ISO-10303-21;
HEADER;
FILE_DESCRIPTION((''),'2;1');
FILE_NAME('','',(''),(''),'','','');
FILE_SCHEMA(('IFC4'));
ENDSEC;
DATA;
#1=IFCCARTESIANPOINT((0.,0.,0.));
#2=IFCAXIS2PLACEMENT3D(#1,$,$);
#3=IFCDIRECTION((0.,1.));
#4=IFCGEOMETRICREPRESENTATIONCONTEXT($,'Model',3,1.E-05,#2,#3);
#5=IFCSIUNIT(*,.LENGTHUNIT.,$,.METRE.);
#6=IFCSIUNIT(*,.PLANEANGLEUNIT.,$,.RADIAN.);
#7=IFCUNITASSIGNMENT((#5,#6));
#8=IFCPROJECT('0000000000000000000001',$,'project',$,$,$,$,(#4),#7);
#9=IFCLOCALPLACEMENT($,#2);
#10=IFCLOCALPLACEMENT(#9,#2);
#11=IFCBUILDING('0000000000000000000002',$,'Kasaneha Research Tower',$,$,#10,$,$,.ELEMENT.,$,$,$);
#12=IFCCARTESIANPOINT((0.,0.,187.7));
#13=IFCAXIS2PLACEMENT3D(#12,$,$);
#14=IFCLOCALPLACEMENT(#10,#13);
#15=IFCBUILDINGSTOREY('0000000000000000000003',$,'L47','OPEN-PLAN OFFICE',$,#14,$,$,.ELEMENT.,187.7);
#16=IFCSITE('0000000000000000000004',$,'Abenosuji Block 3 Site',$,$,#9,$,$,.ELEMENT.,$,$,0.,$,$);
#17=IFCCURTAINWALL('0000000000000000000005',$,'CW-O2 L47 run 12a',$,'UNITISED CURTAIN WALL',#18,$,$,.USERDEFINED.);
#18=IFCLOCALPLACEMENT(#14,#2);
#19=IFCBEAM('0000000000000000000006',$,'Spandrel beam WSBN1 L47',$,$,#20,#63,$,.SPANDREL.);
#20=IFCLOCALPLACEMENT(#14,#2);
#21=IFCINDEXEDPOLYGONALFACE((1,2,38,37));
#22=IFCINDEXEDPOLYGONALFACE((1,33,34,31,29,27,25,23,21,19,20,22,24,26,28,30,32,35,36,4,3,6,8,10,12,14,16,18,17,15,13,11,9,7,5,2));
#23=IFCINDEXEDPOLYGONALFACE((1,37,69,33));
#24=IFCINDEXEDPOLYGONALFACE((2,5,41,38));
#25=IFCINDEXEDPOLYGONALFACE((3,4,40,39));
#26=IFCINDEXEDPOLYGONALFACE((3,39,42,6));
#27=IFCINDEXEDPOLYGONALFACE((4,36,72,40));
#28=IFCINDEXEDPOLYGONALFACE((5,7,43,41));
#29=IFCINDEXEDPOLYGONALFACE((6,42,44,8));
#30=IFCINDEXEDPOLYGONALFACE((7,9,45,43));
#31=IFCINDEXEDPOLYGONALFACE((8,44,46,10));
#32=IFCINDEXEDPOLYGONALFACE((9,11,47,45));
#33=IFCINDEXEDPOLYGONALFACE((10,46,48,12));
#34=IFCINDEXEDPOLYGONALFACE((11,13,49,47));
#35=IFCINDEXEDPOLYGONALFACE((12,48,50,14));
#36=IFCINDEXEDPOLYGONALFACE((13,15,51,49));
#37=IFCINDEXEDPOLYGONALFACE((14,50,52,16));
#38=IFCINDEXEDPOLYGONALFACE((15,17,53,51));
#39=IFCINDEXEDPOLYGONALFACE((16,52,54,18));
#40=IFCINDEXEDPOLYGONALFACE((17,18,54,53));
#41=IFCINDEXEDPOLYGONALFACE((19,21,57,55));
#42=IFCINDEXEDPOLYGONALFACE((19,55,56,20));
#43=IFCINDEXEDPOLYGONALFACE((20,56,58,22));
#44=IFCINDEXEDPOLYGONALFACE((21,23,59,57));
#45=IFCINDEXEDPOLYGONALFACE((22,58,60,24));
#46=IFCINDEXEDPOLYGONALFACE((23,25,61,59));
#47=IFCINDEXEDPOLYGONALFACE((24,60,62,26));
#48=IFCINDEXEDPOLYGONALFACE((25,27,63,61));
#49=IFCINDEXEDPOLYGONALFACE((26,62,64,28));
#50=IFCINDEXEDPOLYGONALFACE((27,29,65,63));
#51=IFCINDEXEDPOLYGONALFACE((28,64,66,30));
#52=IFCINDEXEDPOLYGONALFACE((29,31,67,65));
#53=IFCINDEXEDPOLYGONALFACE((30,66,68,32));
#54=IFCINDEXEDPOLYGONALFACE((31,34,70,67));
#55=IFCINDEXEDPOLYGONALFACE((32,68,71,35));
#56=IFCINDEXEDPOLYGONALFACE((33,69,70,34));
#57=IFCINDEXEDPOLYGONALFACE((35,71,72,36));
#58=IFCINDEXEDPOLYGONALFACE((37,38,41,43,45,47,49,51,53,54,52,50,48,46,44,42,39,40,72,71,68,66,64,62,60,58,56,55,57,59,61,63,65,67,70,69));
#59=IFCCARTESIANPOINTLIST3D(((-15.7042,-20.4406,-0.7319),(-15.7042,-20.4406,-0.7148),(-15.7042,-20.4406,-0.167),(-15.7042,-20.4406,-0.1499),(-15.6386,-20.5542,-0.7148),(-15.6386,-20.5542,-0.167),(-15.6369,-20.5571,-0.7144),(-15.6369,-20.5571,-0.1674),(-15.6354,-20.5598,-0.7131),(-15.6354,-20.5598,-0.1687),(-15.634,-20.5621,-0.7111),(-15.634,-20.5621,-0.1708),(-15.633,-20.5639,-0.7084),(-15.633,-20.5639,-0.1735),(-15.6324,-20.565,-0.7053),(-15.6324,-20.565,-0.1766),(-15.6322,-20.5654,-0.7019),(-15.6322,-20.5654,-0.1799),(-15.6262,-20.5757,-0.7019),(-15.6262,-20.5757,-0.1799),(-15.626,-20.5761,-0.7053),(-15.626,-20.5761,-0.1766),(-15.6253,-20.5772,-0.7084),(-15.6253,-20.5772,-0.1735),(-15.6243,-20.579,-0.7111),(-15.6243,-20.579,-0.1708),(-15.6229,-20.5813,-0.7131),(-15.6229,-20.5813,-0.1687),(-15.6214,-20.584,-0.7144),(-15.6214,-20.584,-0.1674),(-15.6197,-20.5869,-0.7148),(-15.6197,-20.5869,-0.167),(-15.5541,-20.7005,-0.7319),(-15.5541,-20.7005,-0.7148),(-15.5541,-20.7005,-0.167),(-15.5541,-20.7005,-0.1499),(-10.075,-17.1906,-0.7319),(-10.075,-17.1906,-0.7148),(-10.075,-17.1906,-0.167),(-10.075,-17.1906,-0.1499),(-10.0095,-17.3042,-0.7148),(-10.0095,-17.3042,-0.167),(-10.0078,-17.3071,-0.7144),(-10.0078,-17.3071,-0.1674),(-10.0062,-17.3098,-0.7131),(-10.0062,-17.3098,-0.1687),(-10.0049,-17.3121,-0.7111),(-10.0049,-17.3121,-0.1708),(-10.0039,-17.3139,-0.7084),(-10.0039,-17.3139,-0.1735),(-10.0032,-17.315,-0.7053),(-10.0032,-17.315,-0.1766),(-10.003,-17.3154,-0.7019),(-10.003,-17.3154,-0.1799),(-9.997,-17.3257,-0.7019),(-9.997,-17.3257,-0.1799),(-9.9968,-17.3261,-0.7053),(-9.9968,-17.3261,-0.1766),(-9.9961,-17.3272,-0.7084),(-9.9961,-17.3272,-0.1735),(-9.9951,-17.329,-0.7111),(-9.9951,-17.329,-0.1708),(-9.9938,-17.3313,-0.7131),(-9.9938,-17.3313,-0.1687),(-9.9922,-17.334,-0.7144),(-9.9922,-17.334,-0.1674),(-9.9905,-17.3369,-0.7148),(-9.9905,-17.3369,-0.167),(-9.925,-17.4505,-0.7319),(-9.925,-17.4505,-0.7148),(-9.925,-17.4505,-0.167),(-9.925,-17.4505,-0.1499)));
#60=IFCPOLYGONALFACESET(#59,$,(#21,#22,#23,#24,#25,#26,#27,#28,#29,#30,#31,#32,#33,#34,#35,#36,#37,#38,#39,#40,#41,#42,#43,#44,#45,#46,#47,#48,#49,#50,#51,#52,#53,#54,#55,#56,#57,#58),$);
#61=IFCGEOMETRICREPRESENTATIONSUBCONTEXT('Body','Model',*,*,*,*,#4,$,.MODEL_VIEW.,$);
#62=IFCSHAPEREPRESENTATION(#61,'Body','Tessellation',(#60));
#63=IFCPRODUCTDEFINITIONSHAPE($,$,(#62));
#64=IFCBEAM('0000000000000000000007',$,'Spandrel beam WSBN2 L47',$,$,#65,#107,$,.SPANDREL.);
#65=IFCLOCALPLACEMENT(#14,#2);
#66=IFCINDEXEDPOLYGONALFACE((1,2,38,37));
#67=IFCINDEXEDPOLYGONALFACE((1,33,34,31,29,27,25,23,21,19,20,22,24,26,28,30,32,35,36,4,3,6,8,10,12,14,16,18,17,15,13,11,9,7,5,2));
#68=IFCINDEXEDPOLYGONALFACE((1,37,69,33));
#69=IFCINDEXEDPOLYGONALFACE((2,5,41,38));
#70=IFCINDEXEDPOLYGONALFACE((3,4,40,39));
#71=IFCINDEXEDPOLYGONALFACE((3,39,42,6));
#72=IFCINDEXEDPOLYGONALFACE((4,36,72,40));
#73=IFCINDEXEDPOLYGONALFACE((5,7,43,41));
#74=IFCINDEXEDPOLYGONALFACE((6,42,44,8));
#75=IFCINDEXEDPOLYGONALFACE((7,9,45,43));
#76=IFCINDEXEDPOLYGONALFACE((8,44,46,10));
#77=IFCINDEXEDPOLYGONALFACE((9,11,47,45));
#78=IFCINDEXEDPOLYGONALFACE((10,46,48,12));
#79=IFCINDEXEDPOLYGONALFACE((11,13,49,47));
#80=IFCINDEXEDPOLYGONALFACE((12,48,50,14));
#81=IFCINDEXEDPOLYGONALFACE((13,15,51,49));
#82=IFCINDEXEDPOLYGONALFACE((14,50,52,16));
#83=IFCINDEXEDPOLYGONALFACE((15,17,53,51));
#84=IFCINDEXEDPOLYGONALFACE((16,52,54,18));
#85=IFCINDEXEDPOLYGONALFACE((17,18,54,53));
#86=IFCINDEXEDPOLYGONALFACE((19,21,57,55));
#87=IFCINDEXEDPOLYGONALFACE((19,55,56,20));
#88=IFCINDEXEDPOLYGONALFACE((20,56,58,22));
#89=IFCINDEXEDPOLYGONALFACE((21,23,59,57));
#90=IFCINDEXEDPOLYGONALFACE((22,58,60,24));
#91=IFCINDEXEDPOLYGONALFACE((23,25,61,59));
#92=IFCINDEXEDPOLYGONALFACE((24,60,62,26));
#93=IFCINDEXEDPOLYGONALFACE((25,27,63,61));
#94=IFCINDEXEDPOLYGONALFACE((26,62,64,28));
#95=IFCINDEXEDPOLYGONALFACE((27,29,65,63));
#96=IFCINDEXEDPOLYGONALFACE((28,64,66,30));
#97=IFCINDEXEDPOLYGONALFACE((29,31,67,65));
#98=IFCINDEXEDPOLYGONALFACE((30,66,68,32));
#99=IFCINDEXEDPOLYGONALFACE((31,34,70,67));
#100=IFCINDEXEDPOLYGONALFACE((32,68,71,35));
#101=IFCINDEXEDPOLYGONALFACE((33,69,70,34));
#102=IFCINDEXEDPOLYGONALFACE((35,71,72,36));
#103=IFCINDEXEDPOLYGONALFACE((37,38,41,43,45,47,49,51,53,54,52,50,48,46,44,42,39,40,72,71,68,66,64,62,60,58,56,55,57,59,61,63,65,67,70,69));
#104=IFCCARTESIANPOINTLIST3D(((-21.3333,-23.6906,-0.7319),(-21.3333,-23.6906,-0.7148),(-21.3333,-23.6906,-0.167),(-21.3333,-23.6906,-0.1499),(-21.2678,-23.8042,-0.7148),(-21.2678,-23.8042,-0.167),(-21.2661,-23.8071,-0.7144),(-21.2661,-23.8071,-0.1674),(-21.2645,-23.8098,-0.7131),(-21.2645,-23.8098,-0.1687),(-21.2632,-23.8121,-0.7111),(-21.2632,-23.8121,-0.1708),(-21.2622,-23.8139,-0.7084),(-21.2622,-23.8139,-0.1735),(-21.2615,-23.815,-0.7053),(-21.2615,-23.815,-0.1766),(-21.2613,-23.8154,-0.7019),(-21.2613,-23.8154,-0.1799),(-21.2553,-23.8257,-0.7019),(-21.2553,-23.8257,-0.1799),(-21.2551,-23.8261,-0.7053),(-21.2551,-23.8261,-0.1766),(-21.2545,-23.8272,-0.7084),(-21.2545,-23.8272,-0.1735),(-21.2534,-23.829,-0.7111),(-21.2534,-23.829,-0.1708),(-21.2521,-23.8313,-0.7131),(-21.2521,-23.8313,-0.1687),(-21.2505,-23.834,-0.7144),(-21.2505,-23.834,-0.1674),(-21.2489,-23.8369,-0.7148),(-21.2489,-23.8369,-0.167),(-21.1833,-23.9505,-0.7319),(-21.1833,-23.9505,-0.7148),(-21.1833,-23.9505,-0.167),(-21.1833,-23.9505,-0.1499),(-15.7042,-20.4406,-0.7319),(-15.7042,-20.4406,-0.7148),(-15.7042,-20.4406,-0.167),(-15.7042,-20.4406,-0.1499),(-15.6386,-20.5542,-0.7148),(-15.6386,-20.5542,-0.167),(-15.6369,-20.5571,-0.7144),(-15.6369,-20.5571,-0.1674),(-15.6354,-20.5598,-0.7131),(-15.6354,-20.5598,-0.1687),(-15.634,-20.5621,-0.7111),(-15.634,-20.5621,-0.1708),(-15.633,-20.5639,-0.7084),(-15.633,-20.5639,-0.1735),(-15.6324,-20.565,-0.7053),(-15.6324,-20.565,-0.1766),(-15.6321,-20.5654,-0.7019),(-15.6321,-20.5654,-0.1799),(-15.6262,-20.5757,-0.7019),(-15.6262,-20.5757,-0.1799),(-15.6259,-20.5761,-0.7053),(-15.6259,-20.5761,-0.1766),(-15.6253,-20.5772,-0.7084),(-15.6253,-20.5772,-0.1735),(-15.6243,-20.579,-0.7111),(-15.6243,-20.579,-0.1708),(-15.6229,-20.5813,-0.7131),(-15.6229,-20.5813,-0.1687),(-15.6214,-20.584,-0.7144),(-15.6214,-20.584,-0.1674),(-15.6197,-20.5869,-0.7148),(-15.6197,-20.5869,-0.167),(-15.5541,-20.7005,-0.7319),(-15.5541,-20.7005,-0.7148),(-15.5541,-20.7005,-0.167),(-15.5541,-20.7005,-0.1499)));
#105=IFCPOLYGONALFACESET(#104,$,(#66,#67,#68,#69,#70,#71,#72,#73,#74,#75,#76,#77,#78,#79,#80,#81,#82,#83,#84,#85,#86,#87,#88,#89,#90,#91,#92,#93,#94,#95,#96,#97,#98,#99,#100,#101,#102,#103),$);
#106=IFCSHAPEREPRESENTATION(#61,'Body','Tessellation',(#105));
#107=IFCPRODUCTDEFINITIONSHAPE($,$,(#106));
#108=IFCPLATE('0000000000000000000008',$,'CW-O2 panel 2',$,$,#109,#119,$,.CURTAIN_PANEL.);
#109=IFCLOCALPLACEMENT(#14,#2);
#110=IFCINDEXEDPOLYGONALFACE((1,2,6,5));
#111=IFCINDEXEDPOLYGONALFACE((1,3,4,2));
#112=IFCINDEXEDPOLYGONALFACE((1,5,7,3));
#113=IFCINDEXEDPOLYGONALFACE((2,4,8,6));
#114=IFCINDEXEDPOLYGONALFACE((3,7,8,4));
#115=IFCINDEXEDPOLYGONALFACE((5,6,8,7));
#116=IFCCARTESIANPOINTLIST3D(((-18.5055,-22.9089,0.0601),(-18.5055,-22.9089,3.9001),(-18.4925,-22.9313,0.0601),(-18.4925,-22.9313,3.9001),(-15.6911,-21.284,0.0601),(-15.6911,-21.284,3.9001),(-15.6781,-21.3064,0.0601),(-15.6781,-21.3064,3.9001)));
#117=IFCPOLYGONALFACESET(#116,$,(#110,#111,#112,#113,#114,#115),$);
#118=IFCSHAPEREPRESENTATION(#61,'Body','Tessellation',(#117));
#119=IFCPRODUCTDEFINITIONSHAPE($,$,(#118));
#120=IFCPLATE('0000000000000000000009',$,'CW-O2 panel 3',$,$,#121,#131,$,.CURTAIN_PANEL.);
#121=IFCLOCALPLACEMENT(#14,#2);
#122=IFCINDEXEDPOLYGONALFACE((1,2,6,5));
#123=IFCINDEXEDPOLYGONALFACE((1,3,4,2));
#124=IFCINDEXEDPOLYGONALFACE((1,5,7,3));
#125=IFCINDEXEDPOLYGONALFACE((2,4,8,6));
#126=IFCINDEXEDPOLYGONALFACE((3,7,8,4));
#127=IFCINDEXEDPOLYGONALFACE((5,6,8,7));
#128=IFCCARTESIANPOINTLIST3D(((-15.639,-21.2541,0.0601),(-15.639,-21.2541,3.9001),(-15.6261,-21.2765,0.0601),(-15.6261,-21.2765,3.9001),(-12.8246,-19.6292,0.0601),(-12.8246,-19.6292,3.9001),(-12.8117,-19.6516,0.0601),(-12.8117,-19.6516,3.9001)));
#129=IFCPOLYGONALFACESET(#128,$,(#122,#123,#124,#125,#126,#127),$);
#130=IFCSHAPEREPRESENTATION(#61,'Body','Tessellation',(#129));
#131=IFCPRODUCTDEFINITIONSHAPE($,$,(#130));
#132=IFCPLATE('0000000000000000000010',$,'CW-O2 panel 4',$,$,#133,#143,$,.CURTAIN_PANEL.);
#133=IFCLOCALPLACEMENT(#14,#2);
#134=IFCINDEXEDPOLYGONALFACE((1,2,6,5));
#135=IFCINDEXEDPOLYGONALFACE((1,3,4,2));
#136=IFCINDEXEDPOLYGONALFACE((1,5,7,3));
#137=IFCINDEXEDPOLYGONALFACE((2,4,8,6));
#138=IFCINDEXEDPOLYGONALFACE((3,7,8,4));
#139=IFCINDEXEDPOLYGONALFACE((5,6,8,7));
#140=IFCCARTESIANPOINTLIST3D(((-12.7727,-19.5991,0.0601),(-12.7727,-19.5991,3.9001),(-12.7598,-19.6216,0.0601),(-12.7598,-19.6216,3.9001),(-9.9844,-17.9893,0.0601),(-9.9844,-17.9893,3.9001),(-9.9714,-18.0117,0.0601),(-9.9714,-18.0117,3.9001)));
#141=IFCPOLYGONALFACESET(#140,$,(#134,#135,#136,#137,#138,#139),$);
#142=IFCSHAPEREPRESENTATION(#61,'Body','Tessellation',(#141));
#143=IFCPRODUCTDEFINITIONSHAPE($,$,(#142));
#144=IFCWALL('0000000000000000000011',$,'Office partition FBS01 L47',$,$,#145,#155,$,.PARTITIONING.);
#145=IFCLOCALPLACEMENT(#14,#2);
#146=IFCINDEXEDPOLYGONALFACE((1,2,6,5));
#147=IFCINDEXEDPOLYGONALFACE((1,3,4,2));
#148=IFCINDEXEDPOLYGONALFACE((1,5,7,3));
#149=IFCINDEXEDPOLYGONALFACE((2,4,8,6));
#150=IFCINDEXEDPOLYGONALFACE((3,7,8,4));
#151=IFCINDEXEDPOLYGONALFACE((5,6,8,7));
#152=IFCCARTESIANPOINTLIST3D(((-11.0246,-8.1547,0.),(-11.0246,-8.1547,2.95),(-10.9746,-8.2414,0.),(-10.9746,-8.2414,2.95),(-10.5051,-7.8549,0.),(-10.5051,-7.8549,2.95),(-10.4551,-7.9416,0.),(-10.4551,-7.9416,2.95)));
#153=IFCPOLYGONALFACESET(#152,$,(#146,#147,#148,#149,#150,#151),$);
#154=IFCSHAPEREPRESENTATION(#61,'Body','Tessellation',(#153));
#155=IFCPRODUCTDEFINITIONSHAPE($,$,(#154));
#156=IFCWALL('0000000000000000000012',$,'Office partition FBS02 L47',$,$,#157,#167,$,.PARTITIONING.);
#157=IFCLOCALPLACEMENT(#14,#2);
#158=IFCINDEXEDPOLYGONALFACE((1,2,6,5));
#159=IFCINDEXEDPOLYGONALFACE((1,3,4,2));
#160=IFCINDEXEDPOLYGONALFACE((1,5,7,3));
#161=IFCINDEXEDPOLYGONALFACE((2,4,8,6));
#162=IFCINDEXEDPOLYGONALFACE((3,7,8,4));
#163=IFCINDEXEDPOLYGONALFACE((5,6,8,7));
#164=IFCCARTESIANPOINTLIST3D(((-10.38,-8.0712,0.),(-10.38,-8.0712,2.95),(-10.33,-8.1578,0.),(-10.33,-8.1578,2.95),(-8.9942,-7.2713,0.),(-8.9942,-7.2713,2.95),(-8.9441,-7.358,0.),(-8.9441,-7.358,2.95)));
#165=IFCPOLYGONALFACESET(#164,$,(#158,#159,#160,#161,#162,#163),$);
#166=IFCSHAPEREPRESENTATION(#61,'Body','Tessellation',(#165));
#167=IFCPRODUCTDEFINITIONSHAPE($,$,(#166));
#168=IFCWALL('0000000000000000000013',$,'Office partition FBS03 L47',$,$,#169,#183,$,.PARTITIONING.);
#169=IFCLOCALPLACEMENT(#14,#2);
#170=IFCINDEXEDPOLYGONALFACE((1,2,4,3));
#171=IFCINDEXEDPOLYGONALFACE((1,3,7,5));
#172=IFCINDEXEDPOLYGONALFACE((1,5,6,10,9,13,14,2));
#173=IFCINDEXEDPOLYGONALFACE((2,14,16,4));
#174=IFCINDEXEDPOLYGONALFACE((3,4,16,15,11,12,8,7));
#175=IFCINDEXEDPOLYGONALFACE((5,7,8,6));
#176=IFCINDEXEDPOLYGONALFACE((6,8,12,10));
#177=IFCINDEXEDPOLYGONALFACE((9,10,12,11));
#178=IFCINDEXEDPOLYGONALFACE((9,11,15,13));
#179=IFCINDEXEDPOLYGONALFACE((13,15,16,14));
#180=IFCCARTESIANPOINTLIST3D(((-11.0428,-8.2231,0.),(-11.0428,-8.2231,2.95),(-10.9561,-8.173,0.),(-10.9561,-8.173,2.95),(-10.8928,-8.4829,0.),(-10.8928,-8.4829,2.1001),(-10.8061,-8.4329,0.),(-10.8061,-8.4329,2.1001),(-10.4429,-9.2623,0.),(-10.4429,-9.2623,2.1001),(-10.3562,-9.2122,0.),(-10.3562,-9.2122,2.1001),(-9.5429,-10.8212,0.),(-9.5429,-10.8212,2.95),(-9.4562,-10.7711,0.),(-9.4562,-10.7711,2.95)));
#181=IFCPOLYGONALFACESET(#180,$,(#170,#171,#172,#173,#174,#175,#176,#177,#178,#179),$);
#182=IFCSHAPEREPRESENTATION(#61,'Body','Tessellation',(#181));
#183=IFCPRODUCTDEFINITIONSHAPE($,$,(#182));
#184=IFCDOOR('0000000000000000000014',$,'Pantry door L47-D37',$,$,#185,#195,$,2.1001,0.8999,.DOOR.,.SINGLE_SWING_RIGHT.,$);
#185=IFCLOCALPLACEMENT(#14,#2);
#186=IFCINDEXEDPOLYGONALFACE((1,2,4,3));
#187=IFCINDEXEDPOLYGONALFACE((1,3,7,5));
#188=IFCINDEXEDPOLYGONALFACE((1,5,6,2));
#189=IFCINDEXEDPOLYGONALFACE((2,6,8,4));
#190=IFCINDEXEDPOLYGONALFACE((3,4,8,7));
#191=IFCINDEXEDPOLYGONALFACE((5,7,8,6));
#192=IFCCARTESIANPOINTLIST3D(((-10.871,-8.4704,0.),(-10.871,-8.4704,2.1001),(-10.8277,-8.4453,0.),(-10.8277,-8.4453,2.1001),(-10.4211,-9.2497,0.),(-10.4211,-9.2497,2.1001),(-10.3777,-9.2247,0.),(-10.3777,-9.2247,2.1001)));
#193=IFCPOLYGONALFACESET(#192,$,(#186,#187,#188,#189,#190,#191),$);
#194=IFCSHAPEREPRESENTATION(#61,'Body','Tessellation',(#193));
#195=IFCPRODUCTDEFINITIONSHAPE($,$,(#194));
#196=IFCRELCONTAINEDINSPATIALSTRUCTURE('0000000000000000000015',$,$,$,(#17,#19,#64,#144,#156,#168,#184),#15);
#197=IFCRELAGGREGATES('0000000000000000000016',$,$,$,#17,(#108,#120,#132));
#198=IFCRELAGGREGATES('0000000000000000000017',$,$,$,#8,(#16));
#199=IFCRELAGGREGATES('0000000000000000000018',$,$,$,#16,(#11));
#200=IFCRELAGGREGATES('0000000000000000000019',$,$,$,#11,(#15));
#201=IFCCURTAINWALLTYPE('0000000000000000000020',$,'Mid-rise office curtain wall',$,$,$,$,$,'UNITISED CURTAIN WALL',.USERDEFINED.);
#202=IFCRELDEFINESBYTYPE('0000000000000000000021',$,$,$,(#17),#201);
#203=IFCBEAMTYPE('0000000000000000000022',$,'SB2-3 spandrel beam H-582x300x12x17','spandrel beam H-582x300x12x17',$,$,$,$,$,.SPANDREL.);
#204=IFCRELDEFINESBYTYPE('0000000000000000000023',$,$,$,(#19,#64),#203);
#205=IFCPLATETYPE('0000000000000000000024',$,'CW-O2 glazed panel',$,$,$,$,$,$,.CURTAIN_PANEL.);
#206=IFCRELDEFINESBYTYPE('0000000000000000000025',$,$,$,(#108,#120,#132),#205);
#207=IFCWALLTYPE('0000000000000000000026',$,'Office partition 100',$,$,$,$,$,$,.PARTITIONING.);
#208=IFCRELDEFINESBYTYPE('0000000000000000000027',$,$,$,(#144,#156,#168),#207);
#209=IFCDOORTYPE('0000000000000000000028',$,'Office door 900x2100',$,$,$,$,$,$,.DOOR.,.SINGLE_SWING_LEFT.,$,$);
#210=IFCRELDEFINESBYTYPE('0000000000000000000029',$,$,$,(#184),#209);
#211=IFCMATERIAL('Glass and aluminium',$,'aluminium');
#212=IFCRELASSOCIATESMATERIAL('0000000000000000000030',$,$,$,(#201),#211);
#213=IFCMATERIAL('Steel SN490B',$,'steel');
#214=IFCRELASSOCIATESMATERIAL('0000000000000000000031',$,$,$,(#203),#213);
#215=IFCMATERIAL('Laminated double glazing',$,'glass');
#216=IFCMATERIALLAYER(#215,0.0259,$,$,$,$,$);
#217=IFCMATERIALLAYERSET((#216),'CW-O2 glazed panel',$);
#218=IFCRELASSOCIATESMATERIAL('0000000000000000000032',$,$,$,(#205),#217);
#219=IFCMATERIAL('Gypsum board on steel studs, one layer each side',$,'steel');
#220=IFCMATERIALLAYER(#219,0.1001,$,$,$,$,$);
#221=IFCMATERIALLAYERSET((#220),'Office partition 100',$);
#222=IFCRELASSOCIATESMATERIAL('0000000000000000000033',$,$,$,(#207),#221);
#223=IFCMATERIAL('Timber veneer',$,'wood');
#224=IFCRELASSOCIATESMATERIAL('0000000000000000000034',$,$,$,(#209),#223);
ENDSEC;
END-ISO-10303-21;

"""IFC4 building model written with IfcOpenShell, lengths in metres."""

from ifc_helpers import new_model, si_unit, direction, frame, frame_2d, origin, origin_2d, place, context, subcontext, project, spatial, rectangle, i_section, extrude, material, layer, layer_set, material_profile, profile_set, type_object, element, fill, aggregate, save


model = new_model("IFC4")

# Units and contexts
model_context = context("Model", 3, precision=1e-05, world=origin(), true_north=direction((0.0, 1.0)))
body_context = subcontext(model_context, "Body", "Model", "MODEL_VIEW")
ifc_project = project(units=[si_unit("LENGTHUNIT", "METRE"), si_unit("PLANEANGLEUNIT", "RADIAN")], contexts=[model_context])

# Site, building, storey
site_placement = place(None, origin())
site = spatial("IfcSite", under=ifc_project, at=site_placement, Name="Abenosuji Block 3 Site", CompositionType="ELEMENT", RefElevation=0.0)
building_placement = place(site_placement, origin())
building = spatial("IfcBuilding", under=site, at=building_placement, Name="Kasaneha Research Tower", CompositionType="ELEMENT")
storey_placement = place(building_placement, frame((0.0, 0.0, 187.7)))
storey = spatial("IfcBuildingStorey", under=building, at=storey_placement, Name="L47", Description="OPEN-PLAN OFFICE", CompositionType="ELEMENT", Elevation=187.7)

# Shared definitions
ifc_material_1 = material(Name="Glass and aluminium", Category="aluminium")
curtain_wall_type = type_object("IfcCurtainWallType", Name="Mid-rise office curtain wall", ElementType="UNITISED CURTAIN WALL", PredefinedType="USERDEFINED", material=ifc_material_1)

# Curtain wall
curtain_wall_1_placement = place(storey_placement, origin())
curtain_wall_1 = element("IfcCurtainWall", 1, at=curtain_wall_1_placement, inside=storey, type_object=curtain_wall_type, Name="CW-O2 L47 run 12a", ObjectType="UNITISED CURTAIN WALL", PredefinedType="USERDEFINED")

# Beams
ifc_material_2 = material(Name="Steel SN490B", Category="steel")
ifc_material_profile_1 = material_profile(ifc_material_2, i_section(OverallWidth=0.3, OverallDepth=0.582, WebThickness=0.012, FlangeThickness=0.0171, FilletRadius=0.0129, at=origin_2d()), Name="H-582x300x12x17")
ifc_profile_set_1 = profile_set([ifc_material_profile_1], Name="Steel SN490B")
beam_type_1 = type_object("IfcBeamType", Name="SB2-3 spandrel beam H-582x300x12x17", Description="spandrel beam H-582x300x12x17", PredefinedType="SPANDREL", material=ifc_profile_set_1)
for number, where, z_axis, x_axis, name in (
    (2, (-10.0, -17.3206, -0.4409), (-0.866025, -0.500001, 0.0), (0.500001, -0.866025, 0.0), "Spandrel beam WSBN1 L47"),
    (3, (-15.6292, -20.5706, -0.4409), (-0.866025, -0.500001, 0.0), (0.500001, -0.866025, 0.0), "Spandrel beam WSBN2 L47"),
):
    element("IfcBeam", number, at=place(storey_placement, frame(where, z_axis=z_axis, x_axis=x_axis)), inside=storey, type_object=beam_type_1, Name=name, PredefinedType="SPANDREL", context=body_context, shape_type="SweptSolid", body=[
        extrude(i_section(OverallWidth=0.3, OverallDepth=0.582, WebThickness=0.012, FlangeThickness=0.0171, FilletRadius=0.0129, at=origin_2d()), origin(), (0.0, 0.0, 1.0), 6.5),
    ])

# Plates
ifc_material_3 = material(Name="Laminated double glazing", Category="glass")
ifc_layer_1 = layer(ifc_material_3, 0.0259)
ifc_layer_set_1 = layer_set([ifc_layer_1], Name="CW-O2 glazed panel")
plate_type = type_object("IfcPlateType", Name="CW-O2 glazed panel", PredefinedType="CURTAIN_PANEL", material=ifc_layer_set_1)
plate_1_placement = place(storey_placement, frame((-17.0918, -22.1077, 0.0601), z_axis=(0.0, 0.0, 1.0), x_axis=(0.866025, 0.5, 0.0)))
plate_1 = element("IfcPlate", 4, at=plate_1_placement, type_object=plate_type, Name="CW-O2 panel 2", PredefinedType="CURTAIN_PANEL", context=body_context, shape_type="SweptSolid", body=[
    extrude(rectangle(XDim=3.2498, YDim=0.0259, at=origin_2d()), origin(), (0.0, 0.0, 1.0), 3.8401),
])
plate_2_placement = place(storey_placement, frame((-14.2253, -20.4529, 0.0601), z_axis=(0.0, 0.0, 1.0), x_axis=(0.866025, 0.5, 0.0)))
plate_2 = element("IfcPlate", 5, at=plate_2_placement, type_object=plate_type, Name="CW-O2 panel 3", PredefinedType="CURTAIN_PANEL", context=body_context, shape_type="SweptSolid", body=[
    extrude(rectangle(XDim=3.2498, YDim=0.0259, at=origin_2d()), origin(), (0.0, 0.0, 1.0), 3.8401),
])
plate_3_placement = place(storey_placement, frame((-11.3721, -18.8054, 0.0601), z_axis=(0.0, 0.0, 1.0), x_axis=(0.866025, 0.5, 0.0)))
plate_3 = element("IfcPlate", 6, at=plate_3_placement, type_object=plate_type, Name="CW-O2 panel 4", PredefinedType="CURTAIN_PANEL", context=body_context, shape_type="SweptSolid", body=[
    extrude(rectangle(XDim=3.2197, YDim=0.0259, at=origin_2d()), origin(), (0.0, 0.0, 1.0), 3.8401),
])
aggregate(curtain_wall_1, [plate_1, plate_2, plate_3])

# Walls
ifc_material_4 = material(Name="Gypsum board on steel studs, one layer each side", Category="steel")
ifc_layer_2 = layer(ifc_material_4, 0.1001)
ifc_layer_set_2 = layer_set([ifc_layer_2], Name="Office partition 100")
wall_type_1 = type_object("IfcWallType", Name="Office partition 100", PredefinedType="PARTITIONING", material=ifc_layer_set_2)
wall_1_placement = place(storey_placement, frame((-10.9995, -8.198, 0.0), z_axis=(0.0, 0.0, 1.0), x_axis=(0.866131, 0.499816, 0.0)))
element("IfcWall", 7, at=wall_1_placement, inside=storey, type_object=wall_type_1, Name="Office partition FBS01 L47", PredefinedType="PARTITIONING", context=body_context, shape_type="SweptSolid", body=[
    extrude(rectangle(XDim=0.5999, YDim=0.1001, at=frame_2d((0.2998, 0.0))), origin(), (0.0, 0.0, 1.0), 2.95),
])
wall_2_placement = place(storey_placement, frame((-10.355, -8.1145, 0.0), z_axis=(0.0, 0.0, 1.0), x_axis=(0.866094, 0.499881, 0.0)))
element("IfcWall", 8, at=wall_2_placement, inside=storey, type_object=wall_type_1, Name="Office partition FBS02 L47", PredefinedType="PARTITIONING", context=body_context, shape_type="SweptSolid", body=[
    extrude(rectangle(XDim=1.6001, YDim=0.1001, at=frame_2d((0.8, 0.0))), origin(), (0.0, 0.0, 1.0), 2.95),
])

# Wall, opening, door
wall_3_placement = place(storey_placement, frame((-9.4995, -10.7961, 0.0), z_axis=(0.0, 0.0, 1.0), x_axis=(-0.49999, 0.866031, 0.0)))
wall_3 = element("IfcWall", 9, at=wall_3_placement, inside=storey, type_object=wall_type_1, Name="Office partition FBS03 L47", PredefinedType="PARTITIONING", context=body_context, shape_type="SweptSolid", body=[
    extrude(rectangle(XDim=3.0, YDim=0.1001, at=frame_2d((1.5, 0.0))), origin(), (0.0, 0.0, 1.0), 2.95),
])
opening_1_placement = place(wall_3_placement, frame((1.8, 0.0, 0.0)))
opening_1 = element("IfcOpeningElement", 10, at=opening_1_placement, cuts=wall_3, PredefinedType="OPENING", context=body_context, shape_type="SweptSolid", body=[
    extrude(rectangle(XDim=0.8999, YDim=2.1001, at=frame_2d((0.45, 1.05))), frame((0.0, 0.0601, 0.0), z_axis=(0.0, -1.0, 0.0), x_axis=(1.0, 0.0, 0.0)), (0.0, 0.0, 1.0), 0.1201),
])
ifc_material_5 = material(Name="Timber veneer", Category="wood")
door_type_1 = type_object("IfcDoorType", Name="Office door 900x2100", OperationType="SINGLE_SWING_LEFT", PredefinedType="DOOR", material=ifc_material_5)
door_1_placement = place(opening_1_placement, origin())
door_1 = element("IfcDoor", 11, at=door_1_placement, inside=storey, type_object=door_type_1, Name="Pantry door L47-D37", OperationType="SINGLE_SWING_RIGHT", OverallHeight=2.1001, OverallWidth=0.8999, PredefinedType="DOOR", context=body_context, shape_type="SweptSolid", body=[
    extrude(rectangle(XDim=0.8999, YDim=2.1001, at=frame_2d((0.45, 1.05))), frame((0.0, 0.0249, 0.0), z_axis=(0.0, -1.0, 0.0), x_axis=(1.0, 0.0, 0.0)), (0.0, 0.0, 1.0), 0.05),
])
fill(opening_1, door_1)

save(model, "model.ifc")
